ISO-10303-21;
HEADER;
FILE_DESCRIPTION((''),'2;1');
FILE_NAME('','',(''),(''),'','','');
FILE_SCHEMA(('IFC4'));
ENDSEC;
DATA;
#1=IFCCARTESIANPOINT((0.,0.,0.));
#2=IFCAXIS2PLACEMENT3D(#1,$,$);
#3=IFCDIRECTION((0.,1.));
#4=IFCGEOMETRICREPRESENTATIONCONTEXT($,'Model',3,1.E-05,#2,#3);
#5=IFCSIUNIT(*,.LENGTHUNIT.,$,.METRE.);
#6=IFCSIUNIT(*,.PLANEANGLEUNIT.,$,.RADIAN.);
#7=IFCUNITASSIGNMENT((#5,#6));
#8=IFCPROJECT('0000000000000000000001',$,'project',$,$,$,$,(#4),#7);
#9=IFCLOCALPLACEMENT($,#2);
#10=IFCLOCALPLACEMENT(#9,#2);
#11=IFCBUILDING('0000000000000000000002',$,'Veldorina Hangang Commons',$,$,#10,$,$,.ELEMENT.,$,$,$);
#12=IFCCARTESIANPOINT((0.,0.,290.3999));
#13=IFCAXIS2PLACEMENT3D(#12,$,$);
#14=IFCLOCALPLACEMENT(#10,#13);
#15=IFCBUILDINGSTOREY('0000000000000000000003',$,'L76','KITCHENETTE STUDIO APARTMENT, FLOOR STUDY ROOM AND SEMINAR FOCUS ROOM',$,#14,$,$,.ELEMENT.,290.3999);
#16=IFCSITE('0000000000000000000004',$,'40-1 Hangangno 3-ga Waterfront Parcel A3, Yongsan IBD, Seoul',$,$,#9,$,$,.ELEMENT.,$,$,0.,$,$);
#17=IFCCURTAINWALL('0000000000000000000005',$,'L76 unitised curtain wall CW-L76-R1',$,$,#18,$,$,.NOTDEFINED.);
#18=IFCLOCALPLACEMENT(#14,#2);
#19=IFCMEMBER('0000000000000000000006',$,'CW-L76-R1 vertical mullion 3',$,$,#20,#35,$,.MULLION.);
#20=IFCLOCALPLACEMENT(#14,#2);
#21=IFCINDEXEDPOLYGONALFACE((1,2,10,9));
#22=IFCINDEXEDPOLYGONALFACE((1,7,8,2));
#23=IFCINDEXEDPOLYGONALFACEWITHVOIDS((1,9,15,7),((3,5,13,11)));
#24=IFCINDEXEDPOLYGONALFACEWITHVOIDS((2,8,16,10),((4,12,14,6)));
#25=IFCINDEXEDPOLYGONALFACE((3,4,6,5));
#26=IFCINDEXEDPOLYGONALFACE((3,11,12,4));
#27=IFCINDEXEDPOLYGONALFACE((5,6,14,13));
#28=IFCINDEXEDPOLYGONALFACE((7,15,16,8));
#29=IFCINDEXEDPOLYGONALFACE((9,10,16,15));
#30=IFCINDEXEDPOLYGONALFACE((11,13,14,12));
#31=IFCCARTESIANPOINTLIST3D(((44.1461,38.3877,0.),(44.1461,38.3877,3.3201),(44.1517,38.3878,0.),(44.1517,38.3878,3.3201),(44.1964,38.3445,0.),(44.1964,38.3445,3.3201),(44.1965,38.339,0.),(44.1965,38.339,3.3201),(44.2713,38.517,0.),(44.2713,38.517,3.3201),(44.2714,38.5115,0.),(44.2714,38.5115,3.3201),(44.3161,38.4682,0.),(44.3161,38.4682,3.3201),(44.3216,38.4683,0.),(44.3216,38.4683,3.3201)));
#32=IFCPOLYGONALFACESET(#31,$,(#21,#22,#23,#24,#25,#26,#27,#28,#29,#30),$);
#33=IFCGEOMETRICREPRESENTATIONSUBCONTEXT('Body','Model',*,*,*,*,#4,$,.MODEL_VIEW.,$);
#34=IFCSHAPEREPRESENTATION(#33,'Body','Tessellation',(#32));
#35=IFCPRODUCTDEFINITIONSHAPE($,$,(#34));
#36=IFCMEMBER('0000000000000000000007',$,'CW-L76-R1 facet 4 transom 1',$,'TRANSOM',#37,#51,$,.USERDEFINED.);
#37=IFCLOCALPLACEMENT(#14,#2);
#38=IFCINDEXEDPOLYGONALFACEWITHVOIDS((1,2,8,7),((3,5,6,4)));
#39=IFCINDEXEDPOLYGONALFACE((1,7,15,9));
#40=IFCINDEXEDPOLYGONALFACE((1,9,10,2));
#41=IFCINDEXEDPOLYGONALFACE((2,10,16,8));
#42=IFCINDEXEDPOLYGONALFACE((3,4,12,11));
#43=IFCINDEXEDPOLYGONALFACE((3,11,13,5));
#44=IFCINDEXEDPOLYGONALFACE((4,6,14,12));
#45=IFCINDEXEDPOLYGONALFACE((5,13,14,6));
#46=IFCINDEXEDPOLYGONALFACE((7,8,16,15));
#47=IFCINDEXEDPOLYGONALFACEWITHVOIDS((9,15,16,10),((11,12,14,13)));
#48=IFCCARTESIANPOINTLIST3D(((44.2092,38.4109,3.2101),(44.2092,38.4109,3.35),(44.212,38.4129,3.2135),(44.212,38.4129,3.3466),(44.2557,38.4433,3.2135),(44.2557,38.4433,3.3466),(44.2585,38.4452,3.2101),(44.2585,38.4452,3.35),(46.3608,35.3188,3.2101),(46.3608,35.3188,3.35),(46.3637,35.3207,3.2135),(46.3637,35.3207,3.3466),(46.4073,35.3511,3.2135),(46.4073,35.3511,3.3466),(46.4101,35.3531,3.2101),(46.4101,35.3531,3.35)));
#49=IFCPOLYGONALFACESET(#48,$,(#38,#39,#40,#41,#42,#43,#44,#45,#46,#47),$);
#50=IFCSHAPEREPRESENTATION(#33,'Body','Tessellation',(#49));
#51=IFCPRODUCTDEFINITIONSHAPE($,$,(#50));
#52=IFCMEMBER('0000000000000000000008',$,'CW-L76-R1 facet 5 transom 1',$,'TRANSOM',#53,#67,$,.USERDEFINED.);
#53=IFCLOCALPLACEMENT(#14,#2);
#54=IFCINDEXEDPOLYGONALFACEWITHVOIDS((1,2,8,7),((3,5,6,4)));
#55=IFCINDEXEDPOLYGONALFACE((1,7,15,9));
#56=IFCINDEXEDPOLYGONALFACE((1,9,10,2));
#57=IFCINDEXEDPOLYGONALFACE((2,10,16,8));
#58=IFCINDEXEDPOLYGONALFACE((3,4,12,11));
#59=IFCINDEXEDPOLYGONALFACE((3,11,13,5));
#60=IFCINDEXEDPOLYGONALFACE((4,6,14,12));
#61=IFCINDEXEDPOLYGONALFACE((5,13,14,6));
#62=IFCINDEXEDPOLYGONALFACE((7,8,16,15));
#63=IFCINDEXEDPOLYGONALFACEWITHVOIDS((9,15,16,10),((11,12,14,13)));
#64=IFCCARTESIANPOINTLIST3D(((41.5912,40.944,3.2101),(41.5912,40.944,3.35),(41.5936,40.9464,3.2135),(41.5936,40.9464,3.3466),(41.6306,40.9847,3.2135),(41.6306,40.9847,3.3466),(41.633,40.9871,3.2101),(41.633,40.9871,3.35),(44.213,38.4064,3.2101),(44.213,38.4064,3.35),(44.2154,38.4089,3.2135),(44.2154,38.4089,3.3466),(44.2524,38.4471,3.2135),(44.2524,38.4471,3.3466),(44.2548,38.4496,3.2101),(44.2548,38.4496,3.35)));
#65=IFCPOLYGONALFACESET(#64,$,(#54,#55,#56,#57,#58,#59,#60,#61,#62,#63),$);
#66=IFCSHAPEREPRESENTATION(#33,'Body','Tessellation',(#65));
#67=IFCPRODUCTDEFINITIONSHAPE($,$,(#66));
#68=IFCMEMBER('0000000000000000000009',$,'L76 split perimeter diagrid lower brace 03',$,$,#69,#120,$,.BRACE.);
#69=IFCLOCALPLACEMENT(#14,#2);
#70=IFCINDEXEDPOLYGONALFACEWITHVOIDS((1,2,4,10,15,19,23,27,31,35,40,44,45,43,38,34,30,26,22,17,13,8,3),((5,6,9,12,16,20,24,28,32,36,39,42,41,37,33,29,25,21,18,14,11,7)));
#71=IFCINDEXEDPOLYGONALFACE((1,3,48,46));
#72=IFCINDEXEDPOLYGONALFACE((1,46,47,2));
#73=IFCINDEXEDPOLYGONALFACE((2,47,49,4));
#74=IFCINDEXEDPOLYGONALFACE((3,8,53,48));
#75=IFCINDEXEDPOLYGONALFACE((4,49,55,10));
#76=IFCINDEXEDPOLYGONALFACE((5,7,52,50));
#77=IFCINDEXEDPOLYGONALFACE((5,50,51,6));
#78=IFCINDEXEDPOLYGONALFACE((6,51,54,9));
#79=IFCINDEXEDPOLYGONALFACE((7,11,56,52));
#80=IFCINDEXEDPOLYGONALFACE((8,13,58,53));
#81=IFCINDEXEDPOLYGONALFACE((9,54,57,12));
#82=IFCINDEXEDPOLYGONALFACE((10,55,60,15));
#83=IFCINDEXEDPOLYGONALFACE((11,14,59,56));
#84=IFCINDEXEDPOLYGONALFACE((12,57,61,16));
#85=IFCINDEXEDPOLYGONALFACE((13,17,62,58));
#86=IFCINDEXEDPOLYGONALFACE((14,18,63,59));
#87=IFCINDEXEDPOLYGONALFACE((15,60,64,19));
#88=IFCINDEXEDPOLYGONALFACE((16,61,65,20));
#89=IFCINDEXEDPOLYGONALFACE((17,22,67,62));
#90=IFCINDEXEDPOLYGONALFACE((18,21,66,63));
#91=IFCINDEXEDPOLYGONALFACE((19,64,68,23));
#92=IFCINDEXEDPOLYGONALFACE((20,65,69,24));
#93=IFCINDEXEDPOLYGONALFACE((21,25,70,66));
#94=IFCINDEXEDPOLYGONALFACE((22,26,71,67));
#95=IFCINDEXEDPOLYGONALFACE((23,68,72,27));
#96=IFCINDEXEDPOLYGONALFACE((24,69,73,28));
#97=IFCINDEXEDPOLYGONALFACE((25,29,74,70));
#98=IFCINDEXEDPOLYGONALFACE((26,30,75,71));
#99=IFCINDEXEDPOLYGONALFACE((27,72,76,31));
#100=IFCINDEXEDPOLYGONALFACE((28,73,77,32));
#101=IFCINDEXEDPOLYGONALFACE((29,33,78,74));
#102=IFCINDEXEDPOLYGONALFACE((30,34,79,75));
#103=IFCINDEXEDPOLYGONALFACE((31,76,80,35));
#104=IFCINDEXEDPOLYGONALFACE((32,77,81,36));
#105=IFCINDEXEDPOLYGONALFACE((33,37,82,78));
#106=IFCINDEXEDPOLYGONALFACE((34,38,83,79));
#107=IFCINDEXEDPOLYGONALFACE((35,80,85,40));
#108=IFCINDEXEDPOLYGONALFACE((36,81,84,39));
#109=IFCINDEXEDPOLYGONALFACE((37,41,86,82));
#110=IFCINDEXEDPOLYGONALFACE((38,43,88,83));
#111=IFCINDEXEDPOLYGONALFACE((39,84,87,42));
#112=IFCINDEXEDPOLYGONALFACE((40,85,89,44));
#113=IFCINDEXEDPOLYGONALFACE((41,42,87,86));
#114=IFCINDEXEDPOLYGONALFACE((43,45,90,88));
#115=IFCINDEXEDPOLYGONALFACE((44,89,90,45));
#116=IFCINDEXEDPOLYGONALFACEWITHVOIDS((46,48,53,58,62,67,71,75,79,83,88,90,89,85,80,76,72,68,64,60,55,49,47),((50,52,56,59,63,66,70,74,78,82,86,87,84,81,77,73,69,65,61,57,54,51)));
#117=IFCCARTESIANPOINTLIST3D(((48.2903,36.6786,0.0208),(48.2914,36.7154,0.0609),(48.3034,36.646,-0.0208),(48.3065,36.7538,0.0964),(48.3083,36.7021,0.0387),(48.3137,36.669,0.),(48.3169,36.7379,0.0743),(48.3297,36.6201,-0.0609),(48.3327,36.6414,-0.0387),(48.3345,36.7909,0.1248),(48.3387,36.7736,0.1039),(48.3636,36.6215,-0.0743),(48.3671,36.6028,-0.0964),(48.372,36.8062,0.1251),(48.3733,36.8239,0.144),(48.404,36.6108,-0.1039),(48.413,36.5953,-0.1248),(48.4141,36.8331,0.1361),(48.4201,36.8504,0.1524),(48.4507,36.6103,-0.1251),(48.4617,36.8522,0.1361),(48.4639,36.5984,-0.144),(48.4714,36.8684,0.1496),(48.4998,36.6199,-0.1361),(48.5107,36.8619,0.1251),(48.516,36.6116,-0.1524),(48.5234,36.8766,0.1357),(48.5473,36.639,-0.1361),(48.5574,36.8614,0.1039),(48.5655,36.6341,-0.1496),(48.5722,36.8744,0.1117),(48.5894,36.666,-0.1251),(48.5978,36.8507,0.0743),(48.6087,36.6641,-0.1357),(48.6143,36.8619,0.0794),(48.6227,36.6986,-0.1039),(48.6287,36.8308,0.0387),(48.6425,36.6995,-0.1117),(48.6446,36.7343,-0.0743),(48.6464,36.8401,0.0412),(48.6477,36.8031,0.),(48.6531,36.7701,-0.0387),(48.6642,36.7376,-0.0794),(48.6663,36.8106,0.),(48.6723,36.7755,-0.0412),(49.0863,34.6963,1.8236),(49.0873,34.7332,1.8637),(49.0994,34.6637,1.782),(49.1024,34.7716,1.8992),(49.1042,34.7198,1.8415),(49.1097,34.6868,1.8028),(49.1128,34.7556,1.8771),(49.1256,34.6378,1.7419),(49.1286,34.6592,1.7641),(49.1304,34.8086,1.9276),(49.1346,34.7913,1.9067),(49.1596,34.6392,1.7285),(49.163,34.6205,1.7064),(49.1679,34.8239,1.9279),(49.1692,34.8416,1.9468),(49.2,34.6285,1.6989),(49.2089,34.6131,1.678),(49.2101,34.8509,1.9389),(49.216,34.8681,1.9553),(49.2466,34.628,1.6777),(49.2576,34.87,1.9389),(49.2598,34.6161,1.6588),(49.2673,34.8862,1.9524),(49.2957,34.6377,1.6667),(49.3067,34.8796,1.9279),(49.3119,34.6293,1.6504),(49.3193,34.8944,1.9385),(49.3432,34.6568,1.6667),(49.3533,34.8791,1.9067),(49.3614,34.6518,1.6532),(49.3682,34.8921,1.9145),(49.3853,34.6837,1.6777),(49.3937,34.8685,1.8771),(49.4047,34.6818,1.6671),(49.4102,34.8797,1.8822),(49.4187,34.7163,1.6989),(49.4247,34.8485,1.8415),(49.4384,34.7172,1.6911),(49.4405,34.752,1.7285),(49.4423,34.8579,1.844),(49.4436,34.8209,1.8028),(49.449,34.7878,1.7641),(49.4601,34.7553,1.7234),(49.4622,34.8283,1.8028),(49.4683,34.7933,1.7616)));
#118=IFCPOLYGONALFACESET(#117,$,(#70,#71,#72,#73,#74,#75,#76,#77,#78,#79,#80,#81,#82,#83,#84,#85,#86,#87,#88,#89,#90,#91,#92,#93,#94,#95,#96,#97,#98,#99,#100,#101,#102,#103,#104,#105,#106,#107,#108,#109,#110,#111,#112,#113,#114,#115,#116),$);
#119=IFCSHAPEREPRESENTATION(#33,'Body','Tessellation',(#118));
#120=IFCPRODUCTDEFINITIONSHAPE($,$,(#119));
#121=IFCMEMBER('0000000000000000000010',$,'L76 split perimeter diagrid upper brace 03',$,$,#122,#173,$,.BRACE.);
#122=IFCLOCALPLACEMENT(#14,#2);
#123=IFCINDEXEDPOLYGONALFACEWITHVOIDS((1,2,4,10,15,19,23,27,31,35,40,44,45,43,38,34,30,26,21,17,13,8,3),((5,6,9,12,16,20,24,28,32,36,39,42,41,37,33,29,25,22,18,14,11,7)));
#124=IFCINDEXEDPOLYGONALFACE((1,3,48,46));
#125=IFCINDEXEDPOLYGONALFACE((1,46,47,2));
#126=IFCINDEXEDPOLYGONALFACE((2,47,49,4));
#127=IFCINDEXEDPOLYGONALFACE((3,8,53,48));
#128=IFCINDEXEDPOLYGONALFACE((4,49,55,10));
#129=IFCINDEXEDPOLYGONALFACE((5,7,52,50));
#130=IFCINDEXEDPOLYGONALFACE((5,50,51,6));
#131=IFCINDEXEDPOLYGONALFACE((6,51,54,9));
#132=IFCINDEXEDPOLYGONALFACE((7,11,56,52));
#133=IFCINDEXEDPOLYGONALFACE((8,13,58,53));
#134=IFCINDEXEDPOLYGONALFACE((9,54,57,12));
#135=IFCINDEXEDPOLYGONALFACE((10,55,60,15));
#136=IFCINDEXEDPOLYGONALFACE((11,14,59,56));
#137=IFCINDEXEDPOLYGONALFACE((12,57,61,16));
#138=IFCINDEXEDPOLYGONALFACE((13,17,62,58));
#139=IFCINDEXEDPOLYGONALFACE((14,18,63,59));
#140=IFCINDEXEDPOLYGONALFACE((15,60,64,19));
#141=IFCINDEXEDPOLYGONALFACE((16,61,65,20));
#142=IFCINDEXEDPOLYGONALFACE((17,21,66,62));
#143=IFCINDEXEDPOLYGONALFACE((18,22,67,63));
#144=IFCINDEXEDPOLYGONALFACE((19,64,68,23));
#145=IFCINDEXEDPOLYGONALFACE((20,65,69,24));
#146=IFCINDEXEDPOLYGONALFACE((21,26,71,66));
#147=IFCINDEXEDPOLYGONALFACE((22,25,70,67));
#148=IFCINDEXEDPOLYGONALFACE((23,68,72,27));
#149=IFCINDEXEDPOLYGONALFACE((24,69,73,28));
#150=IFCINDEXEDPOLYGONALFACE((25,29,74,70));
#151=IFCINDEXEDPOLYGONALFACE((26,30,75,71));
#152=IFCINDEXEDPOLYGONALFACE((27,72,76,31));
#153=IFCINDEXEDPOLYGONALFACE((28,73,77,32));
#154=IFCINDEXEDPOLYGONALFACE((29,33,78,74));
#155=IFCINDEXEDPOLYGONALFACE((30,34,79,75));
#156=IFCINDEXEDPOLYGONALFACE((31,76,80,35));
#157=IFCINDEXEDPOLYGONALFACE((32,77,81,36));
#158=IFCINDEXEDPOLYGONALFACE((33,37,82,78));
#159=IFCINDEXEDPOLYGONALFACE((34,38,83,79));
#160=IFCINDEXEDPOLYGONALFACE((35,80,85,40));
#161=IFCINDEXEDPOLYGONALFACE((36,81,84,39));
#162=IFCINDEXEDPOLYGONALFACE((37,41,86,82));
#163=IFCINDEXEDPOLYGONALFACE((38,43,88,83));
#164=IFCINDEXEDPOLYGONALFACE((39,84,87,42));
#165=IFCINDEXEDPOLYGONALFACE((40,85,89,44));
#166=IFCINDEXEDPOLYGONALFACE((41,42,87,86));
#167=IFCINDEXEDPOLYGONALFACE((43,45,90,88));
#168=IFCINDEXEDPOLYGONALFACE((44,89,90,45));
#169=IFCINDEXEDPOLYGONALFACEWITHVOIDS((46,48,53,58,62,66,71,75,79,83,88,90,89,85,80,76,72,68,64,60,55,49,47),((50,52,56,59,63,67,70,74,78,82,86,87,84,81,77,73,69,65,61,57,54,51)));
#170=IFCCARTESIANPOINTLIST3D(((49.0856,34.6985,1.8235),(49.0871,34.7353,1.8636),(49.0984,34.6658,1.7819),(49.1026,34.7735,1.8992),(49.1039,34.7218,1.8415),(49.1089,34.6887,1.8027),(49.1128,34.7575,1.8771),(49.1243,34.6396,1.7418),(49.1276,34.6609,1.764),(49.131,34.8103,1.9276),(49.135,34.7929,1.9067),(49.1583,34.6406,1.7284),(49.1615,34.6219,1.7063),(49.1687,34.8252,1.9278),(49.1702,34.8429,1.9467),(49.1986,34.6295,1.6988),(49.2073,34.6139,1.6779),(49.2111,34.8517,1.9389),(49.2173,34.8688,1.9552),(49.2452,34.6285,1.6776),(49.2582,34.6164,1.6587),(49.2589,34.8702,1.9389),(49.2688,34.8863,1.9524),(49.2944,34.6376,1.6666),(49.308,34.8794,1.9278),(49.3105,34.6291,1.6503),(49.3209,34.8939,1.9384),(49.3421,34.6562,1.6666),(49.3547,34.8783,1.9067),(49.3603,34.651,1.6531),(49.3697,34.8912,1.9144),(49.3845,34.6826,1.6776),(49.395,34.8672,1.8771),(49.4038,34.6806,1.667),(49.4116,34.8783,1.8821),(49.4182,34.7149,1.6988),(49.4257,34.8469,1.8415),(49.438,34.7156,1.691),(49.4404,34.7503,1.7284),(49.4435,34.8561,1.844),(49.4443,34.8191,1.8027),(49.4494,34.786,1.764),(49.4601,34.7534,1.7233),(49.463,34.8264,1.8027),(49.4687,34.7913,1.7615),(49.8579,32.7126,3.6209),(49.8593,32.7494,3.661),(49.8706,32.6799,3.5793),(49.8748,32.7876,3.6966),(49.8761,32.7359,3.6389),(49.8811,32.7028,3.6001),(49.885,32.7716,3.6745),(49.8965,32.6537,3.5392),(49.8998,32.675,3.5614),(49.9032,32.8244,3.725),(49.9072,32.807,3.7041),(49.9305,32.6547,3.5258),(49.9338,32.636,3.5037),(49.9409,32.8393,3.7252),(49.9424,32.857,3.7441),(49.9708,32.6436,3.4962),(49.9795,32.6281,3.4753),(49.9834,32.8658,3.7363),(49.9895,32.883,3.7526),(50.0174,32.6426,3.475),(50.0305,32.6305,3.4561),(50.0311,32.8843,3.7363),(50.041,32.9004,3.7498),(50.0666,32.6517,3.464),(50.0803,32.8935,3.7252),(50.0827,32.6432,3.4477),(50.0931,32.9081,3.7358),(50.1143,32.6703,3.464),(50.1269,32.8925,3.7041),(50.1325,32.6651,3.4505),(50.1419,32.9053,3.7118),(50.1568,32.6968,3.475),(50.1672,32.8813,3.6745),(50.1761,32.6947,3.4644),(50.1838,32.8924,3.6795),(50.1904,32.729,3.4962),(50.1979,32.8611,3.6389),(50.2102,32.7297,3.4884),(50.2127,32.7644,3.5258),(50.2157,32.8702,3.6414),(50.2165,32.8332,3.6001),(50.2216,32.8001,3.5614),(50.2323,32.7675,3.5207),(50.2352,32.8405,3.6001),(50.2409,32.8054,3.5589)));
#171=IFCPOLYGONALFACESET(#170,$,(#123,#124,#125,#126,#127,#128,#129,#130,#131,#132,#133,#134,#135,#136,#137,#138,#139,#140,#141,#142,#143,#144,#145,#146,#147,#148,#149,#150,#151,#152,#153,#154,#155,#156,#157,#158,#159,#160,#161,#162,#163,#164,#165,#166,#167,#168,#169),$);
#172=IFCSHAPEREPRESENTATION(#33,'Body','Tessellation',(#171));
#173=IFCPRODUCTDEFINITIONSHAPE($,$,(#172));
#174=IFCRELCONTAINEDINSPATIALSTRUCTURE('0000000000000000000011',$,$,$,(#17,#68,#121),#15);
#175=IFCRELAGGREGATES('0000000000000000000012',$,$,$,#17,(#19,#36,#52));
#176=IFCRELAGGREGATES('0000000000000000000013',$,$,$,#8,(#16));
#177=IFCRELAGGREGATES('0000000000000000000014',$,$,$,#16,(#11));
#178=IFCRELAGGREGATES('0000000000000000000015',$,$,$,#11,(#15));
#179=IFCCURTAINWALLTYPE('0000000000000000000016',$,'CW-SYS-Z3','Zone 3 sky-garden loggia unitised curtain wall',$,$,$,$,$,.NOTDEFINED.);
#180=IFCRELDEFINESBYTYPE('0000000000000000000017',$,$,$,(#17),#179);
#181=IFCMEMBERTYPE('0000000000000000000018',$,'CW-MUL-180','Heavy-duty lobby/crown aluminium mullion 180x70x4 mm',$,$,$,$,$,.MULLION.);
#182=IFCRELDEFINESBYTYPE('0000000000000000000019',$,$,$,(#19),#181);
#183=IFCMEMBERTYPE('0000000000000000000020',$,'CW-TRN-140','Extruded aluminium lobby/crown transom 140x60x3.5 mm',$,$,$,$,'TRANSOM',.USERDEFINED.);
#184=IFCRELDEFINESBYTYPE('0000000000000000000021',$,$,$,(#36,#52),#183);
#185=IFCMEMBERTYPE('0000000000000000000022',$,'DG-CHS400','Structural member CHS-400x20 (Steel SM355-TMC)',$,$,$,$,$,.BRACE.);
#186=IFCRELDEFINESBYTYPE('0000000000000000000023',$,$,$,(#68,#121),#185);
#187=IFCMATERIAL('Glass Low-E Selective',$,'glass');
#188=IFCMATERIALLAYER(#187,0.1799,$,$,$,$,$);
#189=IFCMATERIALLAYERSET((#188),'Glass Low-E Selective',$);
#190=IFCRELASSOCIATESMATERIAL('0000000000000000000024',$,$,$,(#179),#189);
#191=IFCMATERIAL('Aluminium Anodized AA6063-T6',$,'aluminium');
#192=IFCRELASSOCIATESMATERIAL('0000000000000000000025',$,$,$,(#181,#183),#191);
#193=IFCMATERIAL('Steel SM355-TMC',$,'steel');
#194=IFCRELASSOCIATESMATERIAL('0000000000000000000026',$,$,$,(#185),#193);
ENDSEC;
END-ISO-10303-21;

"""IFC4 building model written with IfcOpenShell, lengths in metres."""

from ifc_helpers import new_model, si_unit, direction, frame, origin, origin_2d, place, context, subcontext, project, spatial, hollow_rectangle, hollow_circle, extrude, material, layer, layer_set, material_profile, profile_set, type_object, element, aggregate, save


model = new_model("IFC4")

# Units and contexts
model_context = context("Model", 3, precision=1e-05, world=origin(), true_north=direction((0.0, 1.0)))
body_context = subcontext(model_context, "Body", "Model", "MODEL_VIEW")
ifc_project = project(units=[si_unit("LENGTHUNIT", "METRE"), si_unit("PLANEANGLEUNIT", "RADIAN")], contexts=[model_context])

# Site, building, storey
site_placement = place(None, origin())
site = spatial("IfcSite", under=ifc_project, at=site_placement, Name="40-1 Hangangno 3-ga Waterfront Parcel A3, Yongsan IBD, Seoul", CompositionType="ELEMENT", RefElevation=0.0)
building_placement = place(site_placement, origin())
building = spatial("IfcBuilding", under=site, at=building_placement, Name="Veldorina Hangang Commons", CompositionType="ELEMENT")
storey_placement = place(building_placement, frame((0.0, 0.0, 290.3999)))
storey = spatial("IfcBuildingStorey", under=building, at=storey_placement, Name="L76", Description="KITCHENETTE STUDIO APARTMENT, FLOOR STUDY ROOM AND SEMINAR FOCUS ROOM", CompositionType="ELEMENT", Elevation=290.3999)

# Shared definitions
ifc_material_1 = material(Name="Steel SM355-TMC", Category="steel")

# Curtain wall, members
ifc_material_2 = material(Name="Glass Low-E Selective", Category="glass")
ifc_layer_1 = layer(ifc_material_2, 0.1799)
ifc_layer_set_1 = layer_set([ifc_layer_1], Name="Glass Low-E Selective")
curtain_wall_type = type_object("IfcCurtainWallType", Name="CW-SYS-Z3", Description="Zone 3 sky-garden loggia unitised curtain wall", PredefinedType="NOTDEFINED", material=ifc_layer_set_1)
curtain_wall_placement = place(storey_placement, origin())
curtain_wall = element("IfcCurtainWall", 1, at=curtain_wall_placement, inside=storey, type_object=curtain_wall_type, Name="L76 unitised curtain wall CW-L76-R1", PredefinedType="NOTDEFINED")
ifc_material_3 = material(Name="Aluminium Anodized AA6063-T6", Category="aluminium")
ifc_material_profile_1 = material_profile(ifc_material_3, hollow_rectangle(XDim=0.0701, YDim=0.1799, WallThickness=0.0039, at=origin_2d()), Name="ALU-RHS-180x70x4")
ifc_profile_set_1 = profile_set([ifc_material_profile_1], Name="Aluminium Anodized AA6063-T6")
member_type_1 = type_object("IfcMemberType", Name="CW-MUL-180", Description="Heavy-duty lobby/crown aluminium mullion 180x70x4 mm", PredefinedType="MULLION", material=ifc_profile_set_1)
member_1_placement = place(storey_placement, frame((44.2339, 38.428, 0.0), z_axis=(0.0, 0.0, 1.0), x_axis=(-0.718551, 0.695474, 0.0)))
member_1 = element("IfcMember", 2, at=member_1_placement, type_object=member_type_1, Name="CW-L76-R1 vertical mullion 3", PredefinedType="MULLION", context=body_context, shape_type="SweptSolid", body=[
    extrude(hollow_rectangle(XDim=0.0701, YDim=0.1799, WallThickness=0.0039, at=origin_2d()), origin(), (0.0, 0.0, 1.0), 3.3201),
])
ifc_material_profile_2 = material_profile(ifc_material_3, hollow_rectangle(XDim=0.0601, YDim=0.1399, WallThickness=0.0034, at=origin_2d()), Name="ALU-RHS-140x60x3.5")
ifc_profile_set_2 = profile_set([ifc_material_profile_2], Name="Aluminium Anodized AA6063-T6")
member_type_2 = type_object("IfcMemberType", Name="CW-TRN-140", Description="Extruded aluminium lobby/crown transom 140x60x3.5 mm", ElementType="TRANSOM", PredefinedType="USERDEFINED", material=ifc_profile_set_2)
member_2_placement = place(storey_placement, frame((46.3855, 35.3359, 3.28), z_axis=(-0.571177, 0.820827, 0.0), x_axis=(-0.820827, -0.571177, 0.0)))
member_2 = element("IfcMember", 3, at=member_2_placement, type_object=member_type_2, Name="CW-L76-R1 facet 4 transom 1", ObjectType="TRANSOM", PredefinedType="USERDEFINED", context=body_context, shape_type="SweptSolid", body=[
    extrude(hollow_rectangle(XDim=0.0601, YDim=0.1399, WallThickness=0.0034, at=origin_2d()), origin(), (0.0, 0.0, 1.0), 3.7671),
])
member_3_placement = place(storey_placement, frame((44.2339, 38.428, 3.28), z_axis=(-0.718555, 0.69547, 0.0), x_axis=(-0.69547, -0.718555, 0.0)))
member_3 = element("IfcMember", 4, at=member_3_placement, type_object=member_type_2, Name="CW-L76-R1 facet 5 transom 1", ObjectType="TRANSOM", PredefinedType="USERDEFINED", context=body_context, shape_type="SweptSolid", body=[
    extrude(hollow_rectangle(XDim=0.0601, YDim=0.1399, WallThickness=0.0034, at=origin_2d()), origin(), (0.0, 0.0, 1.0), 3.6487),
])

# Members
ifc_material_profile_3 = material_profile(ifc_material_1, hollow_circle(Radius=0.2, WallThickness=0.02, at=origin_2d()), Name="CHS-400x20")
ifc_profile_set_3 = profile_set([ifc_material_profile_3], Name="Steel SM355-TMC")
member_type_3 = type_object("IfcMemberType", Name="DG-CHS400", Description="Structural member CHS-400x20 (Steel SM355-TMC)", PredefinedType="BRACE", material=ifc_profile_set_3)
member_4_placement = place(storey_placement, frame((48.4807, 36.7361, 0.0), z_axis=(0.284752, -0.709173, 0.644973), x_axis=(0.927987, 0.372612, 0.0)))
element("IfcMember", 5, at=member_4_placement, inside=storey, type_object=member_type_3, Name="L76 split perimeter diagrid lower brace 03", PredefinedType="BRACE", context=body_context, shape_type="SweptSolid", body=[
    extrude(hollow_circle(Radius=0.2, WallThickness=0.02, at=origin_2d()), origin(), (0.0, 0.0, 1.0), 2.7952),
])
member_5_placement = place(storey_placement, frame((49.2766, 34.7539, 1.8027), z_axis=(0.277024, -0.712398, 0.644784), x_axis=(0.932013, 0.362424, 0.0)))
element("IfcMember", 6, at=member_5_placement, inside=storey, type_object=member_type_3, Name="L76 split perimeter diagrid upper brace 03", PredefinedType="BRACE", context=body_context, shape_type="SweptSolid", body=[
    extrude(hollow_circle(Radius=0.2, WallThickness=0.02, at=origin_2d()), origin(), (0.0, 0.0, 1.0), 2.7876),
])

aggregate(curtain_wall, [member_1, member_2, member_3])

save(model, "model.ifc")
